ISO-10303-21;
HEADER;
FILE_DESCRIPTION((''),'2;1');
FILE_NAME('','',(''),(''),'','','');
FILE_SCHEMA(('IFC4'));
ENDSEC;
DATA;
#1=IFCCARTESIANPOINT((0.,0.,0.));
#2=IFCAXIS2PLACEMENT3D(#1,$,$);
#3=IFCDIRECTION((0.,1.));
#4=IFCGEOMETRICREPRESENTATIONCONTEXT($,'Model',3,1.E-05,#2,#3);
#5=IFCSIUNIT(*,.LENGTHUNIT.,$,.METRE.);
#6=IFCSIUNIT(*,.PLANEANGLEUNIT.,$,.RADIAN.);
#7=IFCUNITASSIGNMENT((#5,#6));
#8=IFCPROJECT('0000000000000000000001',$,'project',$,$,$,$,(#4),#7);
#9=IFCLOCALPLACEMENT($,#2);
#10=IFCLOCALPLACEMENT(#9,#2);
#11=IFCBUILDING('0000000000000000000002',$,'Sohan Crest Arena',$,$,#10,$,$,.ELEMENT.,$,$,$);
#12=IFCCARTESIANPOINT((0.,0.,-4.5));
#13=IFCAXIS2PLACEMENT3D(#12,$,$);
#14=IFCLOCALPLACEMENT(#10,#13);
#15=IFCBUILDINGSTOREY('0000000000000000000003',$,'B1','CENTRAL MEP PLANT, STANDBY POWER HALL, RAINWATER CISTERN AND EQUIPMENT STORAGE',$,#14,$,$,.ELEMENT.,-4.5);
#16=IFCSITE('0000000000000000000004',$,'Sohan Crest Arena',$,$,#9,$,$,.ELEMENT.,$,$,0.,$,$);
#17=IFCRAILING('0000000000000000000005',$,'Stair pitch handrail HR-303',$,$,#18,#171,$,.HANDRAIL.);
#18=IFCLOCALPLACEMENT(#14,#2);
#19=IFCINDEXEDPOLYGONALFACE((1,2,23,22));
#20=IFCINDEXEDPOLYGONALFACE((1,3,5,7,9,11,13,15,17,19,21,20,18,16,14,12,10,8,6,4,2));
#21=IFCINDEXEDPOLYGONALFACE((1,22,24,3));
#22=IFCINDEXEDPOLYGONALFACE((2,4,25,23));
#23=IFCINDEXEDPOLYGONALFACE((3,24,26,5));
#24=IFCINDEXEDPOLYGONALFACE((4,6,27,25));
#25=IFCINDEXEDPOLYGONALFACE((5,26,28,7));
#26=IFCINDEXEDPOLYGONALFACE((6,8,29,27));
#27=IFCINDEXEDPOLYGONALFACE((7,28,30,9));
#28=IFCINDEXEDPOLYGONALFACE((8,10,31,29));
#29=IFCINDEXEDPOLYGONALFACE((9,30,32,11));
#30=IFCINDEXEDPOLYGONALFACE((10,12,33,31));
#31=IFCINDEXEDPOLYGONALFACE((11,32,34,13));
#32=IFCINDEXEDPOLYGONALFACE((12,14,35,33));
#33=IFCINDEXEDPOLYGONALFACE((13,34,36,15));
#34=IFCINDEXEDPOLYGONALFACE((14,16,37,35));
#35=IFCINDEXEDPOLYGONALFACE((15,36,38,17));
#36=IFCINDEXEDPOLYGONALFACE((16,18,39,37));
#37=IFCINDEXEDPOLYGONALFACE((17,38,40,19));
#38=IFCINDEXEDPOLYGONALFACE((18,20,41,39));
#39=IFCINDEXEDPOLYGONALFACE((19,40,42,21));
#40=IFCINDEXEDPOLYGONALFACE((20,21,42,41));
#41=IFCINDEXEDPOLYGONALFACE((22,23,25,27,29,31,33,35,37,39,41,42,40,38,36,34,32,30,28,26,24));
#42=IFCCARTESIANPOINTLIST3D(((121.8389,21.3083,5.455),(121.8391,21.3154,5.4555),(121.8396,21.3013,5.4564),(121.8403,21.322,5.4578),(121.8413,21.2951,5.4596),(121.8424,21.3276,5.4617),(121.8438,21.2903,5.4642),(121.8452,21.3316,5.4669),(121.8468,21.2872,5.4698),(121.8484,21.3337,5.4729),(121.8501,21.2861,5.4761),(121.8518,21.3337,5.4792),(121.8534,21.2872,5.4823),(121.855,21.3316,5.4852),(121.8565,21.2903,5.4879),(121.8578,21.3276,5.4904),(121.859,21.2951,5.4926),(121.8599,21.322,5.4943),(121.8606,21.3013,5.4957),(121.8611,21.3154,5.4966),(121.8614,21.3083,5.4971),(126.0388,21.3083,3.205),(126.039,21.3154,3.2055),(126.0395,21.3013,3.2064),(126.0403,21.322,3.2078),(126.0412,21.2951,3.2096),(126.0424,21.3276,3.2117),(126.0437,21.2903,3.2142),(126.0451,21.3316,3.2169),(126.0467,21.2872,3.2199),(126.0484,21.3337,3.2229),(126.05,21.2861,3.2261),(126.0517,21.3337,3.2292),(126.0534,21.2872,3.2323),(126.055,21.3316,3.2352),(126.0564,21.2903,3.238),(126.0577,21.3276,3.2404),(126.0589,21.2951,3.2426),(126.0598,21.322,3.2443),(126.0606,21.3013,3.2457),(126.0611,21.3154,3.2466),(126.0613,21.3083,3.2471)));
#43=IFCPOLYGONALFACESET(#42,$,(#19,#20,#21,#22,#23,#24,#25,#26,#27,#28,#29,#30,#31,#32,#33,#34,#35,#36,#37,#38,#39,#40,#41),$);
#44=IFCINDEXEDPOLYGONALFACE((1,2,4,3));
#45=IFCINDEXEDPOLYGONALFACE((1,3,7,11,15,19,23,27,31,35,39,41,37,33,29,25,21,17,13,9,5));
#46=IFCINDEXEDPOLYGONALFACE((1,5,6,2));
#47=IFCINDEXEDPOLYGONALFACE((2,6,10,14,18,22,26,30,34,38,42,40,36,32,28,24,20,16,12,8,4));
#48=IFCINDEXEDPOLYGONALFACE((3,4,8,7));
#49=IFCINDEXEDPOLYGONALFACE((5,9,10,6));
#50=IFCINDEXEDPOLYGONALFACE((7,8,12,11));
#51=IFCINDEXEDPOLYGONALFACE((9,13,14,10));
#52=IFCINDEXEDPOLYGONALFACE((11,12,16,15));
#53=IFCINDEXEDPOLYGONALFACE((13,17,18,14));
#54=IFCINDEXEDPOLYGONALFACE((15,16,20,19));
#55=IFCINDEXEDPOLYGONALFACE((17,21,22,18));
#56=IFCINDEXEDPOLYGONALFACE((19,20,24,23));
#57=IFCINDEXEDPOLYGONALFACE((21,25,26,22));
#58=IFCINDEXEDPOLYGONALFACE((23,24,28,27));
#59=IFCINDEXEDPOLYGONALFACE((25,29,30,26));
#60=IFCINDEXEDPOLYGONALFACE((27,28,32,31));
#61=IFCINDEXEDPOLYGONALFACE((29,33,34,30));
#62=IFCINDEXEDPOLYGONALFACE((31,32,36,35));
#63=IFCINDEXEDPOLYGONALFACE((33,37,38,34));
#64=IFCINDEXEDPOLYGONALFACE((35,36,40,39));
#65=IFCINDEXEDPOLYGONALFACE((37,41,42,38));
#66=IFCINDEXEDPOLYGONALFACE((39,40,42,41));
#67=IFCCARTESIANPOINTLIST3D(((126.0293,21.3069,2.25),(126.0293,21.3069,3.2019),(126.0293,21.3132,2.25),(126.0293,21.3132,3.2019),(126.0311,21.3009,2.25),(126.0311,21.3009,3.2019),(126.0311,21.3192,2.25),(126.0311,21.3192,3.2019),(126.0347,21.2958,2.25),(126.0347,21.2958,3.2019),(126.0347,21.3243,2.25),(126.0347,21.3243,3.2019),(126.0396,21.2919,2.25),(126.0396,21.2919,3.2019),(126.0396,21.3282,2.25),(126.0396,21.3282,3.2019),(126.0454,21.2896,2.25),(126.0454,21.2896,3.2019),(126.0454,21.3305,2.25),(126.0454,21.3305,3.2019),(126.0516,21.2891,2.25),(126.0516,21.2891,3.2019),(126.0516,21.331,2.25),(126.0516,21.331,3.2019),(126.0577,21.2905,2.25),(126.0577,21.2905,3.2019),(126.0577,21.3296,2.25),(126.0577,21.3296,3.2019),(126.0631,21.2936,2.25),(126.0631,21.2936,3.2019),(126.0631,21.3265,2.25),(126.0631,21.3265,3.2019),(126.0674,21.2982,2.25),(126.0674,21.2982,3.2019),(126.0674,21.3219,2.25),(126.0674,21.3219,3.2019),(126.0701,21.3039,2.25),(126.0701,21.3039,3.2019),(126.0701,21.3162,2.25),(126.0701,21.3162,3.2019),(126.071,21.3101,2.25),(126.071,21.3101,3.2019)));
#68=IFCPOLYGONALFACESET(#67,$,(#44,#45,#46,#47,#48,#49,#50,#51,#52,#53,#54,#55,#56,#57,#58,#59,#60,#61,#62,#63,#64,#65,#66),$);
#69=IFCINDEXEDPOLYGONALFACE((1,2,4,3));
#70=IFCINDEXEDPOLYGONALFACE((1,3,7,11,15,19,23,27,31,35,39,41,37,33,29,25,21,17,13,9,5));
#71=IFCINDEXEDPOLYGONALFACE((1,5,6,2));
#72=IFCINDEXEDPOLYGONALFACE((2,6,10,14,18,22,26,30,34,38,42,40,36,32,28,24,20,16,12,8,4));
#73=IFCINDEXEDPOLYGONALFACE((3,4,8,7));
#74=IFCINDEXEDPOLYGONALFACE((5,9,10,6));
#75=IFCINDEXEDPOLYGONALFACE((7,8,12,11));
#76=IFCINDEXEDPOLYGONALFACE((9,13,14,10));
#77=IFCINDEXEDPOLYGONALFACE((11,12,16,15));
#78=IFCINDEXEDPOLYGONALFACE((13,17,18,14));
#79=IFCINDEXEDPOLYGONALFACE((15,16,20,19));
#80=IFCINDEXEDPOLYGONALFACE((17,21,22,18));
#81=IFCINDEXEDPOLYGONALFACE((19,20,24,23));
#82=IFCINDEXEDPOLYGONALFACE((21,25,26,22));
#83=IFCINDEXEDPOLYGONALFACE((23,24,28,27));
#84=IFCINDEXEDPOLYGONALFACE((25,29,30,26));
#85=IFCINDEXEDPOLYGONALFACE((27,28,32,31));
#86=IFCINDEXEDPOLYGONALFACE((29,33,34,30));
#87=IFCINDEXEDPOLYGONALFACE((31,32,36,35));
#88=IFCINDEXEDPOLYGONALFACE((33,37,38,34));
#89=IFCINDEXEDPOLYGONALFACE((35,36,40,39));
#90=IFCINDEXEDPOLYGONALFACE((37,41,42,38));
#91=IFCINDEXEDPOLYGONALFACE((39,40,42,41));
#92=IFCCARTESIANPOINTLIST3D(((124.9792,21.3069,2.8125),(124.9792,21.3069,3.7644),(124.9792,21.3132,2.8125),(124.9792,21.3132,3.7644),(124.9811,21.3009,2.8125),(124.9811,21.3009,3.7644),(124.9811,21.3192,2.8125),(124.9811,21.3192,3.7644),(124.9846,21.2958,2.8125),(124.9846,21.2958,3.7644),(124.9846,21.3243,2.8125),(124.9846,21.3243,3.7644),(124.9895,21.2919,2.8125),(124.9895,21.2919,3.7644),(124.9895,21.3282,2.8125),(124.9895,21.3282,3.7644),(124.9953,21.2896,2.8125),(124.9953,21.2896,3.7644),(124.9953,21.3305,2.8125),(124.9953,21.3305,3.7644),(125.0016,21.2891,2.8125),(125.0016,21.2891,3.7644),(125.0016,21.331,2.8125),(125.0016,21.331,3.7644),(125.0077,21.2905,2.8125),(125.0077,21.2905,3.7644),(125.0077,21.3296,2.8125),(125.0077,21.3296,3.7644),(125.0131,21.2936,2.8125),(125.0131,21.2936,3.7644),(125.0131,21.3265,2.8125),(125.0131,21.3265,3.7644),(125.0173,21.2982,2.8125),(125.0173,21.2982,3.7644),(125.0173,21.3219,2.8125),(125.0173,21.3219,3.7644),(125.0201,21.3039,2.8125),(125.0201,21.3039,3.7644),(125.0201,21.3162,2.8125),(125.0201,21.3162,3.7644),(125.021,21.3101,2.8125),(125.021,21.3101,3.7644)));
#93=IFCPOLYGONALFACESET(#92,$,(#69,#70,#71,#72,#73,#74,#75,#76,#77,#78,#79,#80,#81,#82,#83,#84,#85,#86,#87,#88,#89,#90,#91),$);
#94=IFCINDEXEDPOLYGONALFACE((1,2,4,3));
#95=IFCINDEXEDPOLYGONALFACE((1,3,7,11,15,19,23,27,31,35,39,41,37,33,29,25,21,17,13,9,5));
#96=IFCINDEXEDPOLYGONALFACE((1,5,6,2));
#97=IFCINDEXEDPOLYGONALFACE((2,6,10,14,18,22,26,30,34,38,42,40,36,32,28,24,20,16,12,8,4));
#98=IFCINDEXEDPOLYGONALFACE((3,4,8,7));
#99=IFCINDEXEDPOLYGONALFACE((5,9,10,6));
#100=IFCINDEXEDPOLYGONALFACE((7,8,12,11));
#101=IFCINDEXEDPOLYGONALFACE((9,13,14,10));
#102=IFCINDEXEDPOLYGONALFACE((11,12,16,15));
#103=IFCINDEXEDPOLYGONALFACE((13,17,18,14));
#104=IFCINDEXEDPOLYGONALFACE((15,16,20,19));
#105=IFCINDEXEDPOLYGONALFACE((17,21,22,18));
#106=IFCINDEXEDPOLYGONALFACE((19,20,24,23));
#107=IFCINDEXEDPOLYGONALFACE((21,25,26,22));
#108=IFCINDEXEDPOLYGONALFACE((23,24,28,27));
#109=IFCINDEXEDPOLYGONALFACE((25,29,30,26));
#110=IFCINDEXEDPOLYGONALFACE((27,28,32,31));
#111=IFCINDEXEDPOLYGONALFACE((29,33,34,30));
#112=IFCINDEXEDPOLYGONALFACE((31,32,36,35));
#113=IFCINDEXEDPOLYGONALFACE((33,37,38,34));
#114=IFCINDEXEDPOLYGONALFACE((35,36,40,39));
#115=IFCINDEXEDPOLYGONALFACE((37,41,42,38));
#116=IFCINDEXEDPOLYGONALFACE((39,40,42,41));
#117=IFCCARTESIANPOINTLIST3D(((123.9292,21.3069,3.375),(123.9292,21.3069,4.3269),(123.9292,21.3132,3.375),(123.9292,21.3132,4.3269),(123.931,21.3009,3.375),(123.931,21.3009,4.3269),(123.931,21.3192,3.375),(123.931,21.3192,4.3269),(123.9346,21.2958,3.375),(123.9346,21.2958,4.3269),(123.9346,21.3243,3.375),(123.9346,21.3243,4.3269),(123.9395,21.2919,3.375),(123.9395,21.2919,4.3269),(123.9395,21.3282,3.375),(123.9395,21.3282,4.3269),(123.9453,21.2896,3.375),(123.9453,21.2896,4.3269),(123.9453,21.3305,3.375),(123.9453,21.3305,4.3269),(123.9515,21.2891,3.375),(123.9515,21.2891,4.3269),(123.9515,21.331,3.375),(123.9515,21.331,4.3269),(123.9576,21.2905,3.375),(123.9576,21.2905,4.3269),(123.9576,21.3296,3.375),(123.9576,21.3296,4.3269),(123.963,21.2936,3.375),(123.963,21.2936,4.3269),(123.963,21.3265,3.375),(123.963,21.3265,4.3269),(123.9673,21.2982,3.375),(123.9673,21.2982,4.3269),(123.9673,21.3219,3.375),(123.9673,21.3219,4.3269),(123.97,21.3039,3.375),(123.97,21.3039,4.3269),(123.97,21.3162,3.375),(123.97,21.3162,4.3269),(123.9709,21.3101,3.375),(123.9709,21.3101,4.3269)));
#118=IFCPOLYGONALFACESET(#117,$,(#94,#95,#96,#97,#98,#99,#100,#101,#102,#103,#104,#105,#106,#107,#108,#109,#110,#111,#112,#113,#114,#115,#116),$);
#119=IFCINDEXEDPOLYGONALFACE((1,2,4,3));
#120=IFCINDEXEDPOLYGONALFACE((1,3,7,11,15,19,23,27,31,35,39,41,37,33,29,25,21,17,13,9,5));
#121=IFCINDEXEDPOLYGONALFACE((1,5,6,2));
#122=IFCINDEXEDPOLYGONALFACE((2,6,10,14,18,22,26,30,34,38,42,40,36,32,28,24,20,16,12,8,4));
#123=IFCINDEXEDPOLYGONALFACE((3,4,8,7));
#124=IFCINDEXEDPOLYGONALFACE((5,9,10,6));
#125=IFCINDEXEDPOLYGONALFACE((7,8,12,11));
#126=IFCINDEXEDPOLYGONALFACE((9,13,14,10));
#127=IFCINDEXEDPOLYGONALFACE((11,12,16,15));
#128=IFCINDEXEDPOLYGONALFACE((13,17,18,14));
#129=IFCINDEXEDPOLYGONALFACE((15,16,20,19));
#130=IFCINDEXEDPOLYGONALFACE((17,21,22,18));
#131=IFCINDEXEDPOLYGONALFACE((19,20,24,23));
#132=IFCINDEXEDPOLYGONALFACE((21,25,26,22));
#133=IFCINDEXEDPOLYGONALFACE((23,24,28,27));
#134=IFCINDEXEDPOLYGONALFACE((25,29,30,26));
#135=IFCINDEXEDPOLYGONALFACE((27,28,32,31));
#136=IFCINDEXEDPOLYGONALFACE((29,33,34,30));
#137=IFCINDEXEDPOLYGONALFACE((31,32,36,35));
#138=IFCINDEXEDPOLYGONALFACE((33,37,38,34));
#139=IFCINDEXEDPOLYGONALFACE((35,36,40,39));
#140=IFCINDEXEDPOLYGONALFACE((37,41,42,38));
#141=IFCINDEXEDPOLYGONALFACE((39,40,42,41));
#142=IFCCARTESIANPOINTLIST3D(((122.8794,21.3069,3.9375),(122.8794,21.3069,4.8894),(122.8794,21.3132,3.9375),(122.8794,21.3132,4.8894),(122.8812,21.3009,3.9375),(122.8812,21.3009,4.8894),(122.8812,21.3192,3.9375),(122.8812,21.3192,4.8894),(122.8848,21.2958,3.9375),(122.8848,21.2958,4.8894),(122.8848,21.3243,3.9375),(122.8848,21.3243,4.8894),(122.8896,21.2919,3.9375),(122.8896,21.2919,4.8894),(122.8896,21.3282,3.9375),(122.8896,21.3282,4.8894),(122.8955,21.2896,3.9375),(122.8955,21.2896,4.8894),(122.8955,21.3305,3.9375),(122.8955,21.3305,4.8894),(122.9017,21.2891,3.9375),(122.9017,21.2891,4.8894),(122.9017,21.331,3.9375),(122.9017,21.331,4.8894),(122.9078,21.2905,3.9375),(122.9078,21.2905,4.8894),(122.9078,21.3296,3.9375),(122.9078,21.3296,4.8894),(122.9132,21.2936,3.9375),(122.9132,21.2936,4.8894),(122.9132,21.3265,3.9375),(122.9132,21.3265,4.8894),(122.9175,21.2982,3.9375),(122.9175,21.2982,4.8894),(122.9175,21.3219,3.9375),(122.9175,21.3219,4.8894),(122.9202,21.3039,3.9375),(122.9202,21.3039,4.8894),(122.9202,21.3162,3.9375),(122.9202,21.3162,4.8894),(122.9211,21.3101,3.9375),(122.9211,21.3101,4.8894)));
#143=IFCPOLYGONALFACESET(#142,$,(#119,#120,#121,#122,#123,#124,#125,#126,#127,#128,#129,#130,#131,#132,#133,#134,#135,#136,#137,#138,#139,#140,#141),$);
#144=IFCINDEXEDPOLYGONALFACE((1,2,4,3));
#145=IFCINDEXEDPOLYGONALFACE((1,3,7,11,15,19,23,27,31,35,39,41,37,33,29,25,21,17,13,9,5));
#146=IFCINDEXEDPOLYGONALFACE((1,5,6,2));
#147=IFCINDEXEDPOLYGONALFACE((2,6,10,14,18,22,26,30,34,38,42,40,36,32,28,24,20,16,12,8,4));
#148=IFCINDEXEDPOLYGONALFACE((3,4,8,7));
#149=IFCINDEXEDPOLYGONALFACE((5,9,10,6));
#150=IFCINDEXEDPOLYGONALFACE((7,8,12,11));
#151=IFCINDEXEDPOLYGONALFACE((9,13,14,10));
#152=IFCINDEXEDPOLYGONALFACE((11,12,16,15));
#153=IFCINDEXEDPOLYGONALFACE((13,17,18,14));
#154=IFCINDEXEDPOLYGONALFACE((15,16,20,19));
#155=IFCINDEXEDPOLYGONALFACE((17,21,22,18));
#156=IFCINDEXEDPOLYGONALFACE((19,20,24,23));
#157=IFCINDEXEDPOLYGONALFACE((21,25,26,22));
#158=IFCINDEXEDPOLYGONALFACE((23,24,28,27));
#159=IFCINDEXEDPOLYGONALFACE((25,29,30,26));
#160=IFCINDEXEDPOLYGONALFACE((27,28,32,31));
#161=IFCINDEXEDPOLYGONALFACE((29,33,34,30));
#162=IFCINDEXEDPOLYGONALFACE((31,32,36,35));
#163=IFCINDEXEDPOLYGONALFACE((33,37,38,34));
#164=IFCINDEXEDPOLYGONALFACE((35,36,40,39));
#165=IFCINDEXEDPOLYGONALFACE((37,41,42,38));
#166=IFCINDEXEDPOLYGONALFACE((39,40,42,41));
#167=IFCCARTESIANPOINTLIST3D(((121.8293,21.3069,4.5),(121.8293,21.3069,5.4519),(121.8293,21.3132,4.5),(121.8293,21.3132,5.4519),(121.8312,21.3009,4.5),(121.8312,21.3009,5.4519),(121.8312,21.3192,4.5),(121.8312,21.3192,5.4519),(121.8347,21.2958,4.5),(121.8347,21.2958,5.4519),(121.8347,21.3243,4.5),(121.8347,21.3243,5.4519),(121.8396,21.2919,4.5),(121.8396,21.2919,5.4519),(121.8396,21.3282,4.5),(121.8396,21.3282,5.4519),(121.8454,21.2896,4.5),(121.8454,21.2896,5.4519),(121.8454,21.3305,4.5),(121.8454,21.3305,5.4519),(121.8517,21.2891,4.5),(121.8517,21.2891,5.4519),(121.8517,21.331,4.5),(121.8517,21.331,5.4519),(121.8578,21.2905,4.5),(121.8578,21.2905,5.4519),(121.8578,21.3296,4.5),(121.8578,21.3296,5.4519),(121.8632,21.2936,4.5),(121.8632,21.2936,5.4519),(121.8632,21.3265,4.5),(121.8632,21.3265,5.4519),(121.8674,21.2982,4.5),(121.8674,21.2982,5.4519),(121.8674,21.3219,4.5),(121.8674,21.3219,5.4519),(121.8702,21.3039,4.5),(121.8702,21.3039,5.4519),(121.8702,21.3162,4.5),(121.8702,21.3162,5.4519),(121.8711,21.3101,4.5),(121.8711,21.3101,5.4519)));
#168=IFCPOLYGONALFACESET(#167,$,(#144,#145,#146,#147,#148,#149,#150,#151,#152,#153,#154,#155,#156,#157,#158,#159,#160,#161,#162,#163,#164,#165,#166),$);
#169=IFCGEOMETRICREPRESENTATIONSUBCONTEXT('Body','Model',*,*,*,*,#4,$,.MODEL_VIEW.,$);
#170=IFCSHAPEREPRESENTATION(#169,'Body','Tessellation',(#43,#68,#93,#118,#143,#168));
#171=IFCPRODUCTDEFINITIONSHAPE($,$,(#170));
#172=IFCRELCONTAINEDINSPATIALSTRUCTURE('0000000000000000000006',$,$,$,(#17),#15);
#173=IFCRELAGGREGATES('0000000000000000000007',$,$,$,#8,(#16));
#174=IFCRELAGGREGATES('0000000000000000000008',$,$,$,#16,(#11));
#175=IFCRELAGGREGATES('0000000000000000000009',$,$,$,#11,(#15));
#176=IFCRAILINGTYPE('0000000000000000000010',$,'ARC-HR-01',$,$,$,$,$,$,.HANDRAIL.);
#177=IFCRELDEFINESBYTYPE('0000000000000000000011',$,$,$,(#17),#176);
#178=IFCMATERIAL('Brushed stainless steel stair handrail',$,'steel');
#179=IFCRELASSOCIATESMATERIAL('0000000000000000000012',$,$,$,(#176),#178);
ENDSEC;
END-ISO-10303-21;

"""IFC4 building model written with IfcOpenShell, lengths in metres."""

from ifc_helpers import new_model, si_unit, direction, frame, origin, origin_2d, place, context, subcontext, project, spatial, circle, extrude, material, type_object, element, save


model = new_model("IFC4")

# Units and contexts
model_context = context("Model", 3, precision=1e-05, world=origin(), true_north=direction((0.0, 1.0)))
body_context = subcontext(model_context, "Body", "Model", "MODEL_VIEW")
ifc_project = project(units=[si_unit("LENGTHUNIT", "METRE"), si_unit("PLANEANGLEUNIT", "RADIAN")], contexts=[model_context])

# Site, building, storey
site_placement = place(None, origin())
site = spatial("IfcSite", under=ifc_project, at=site_placement, Name="Sohan Crest Arena", CompositionType="ELEMENT", RefElevation=0.0)
building_placement = place(site_placement, origin())
building = spatial("IfcBuilding", under=site, at=building_placement, Name="Sohan Crest Arena", CompositionType="ELEMENT")
storey_placement = place(building_placement, frame((0.0, 0.0, -4.5)))
storey = spatial("IfcBuildingStorey", under=building, at=storey_placement, Name="B1", Description="CENTRAL MEP PLANT, STANDBY POWER HALL, RAINWATER CISTERN AND EQUIPMENT STORAGE", CompositionType="ELEMENT", Elevation=-4.5)

# Railing
ifc_material_1 = material(Name="Brushed stainless steel stair handrail", Category="steel")
railing_type_1 = type_object("IfcRailingType", Name="ARC-HR-01", PredefinedType="HANDRAIL", material=ifc_material_1)
railing_1_placement = place(storey_placement, frame((126.05, 21.3101, 2.25)))
element("IfcRailing", 1, at=railing_1_placement, inside=storey, type_object=railing_type_1, Name="Stair pitch handrail HR-303", PredefinedType="HANDRAIL", context=body_context, shape_type="SweptSolid", body=[
    extrude(circle(Radius=0.0239, at=origin_2d()), frame((0.0, 0.0, 0.9761), z_axis=(-0.881478, 0.0, 0.472226), x_axis=(0.0, -1.0, 0.0)), (0.0, 0.0, 1.0), 4.7646),
    extrude(circle(Radius=0.021, at=origin_2d()), origin(), (0.0, 0.0, 1.0), 0.9519),
    extrude(circle(Radius=0.021, at=origin_2d()), frame((-1.05, 0.0, 0.5625)), (0.0, 0.0, 1.0), 0.9519),
    extrude(circle(Radius=0.021, at=origin_2d()), frame((-2.1001, 0.0, 1.125)), (0.0, 0.0, 1.0), 0.9519),
    extrude(circle(Radius=0.021, at=origin_2d()), frame((-3.1499, 0.0, 1.6875)), (0.0, 0.0, 1.0), 0.9519),
    extrude(circle(Radius=0.021, at=origin_2d()), frame((-4.2, 0.0, 2.25)), (0.0, 0.0, 1.0), 0.9519),
])

save(model, "model.ifc")
